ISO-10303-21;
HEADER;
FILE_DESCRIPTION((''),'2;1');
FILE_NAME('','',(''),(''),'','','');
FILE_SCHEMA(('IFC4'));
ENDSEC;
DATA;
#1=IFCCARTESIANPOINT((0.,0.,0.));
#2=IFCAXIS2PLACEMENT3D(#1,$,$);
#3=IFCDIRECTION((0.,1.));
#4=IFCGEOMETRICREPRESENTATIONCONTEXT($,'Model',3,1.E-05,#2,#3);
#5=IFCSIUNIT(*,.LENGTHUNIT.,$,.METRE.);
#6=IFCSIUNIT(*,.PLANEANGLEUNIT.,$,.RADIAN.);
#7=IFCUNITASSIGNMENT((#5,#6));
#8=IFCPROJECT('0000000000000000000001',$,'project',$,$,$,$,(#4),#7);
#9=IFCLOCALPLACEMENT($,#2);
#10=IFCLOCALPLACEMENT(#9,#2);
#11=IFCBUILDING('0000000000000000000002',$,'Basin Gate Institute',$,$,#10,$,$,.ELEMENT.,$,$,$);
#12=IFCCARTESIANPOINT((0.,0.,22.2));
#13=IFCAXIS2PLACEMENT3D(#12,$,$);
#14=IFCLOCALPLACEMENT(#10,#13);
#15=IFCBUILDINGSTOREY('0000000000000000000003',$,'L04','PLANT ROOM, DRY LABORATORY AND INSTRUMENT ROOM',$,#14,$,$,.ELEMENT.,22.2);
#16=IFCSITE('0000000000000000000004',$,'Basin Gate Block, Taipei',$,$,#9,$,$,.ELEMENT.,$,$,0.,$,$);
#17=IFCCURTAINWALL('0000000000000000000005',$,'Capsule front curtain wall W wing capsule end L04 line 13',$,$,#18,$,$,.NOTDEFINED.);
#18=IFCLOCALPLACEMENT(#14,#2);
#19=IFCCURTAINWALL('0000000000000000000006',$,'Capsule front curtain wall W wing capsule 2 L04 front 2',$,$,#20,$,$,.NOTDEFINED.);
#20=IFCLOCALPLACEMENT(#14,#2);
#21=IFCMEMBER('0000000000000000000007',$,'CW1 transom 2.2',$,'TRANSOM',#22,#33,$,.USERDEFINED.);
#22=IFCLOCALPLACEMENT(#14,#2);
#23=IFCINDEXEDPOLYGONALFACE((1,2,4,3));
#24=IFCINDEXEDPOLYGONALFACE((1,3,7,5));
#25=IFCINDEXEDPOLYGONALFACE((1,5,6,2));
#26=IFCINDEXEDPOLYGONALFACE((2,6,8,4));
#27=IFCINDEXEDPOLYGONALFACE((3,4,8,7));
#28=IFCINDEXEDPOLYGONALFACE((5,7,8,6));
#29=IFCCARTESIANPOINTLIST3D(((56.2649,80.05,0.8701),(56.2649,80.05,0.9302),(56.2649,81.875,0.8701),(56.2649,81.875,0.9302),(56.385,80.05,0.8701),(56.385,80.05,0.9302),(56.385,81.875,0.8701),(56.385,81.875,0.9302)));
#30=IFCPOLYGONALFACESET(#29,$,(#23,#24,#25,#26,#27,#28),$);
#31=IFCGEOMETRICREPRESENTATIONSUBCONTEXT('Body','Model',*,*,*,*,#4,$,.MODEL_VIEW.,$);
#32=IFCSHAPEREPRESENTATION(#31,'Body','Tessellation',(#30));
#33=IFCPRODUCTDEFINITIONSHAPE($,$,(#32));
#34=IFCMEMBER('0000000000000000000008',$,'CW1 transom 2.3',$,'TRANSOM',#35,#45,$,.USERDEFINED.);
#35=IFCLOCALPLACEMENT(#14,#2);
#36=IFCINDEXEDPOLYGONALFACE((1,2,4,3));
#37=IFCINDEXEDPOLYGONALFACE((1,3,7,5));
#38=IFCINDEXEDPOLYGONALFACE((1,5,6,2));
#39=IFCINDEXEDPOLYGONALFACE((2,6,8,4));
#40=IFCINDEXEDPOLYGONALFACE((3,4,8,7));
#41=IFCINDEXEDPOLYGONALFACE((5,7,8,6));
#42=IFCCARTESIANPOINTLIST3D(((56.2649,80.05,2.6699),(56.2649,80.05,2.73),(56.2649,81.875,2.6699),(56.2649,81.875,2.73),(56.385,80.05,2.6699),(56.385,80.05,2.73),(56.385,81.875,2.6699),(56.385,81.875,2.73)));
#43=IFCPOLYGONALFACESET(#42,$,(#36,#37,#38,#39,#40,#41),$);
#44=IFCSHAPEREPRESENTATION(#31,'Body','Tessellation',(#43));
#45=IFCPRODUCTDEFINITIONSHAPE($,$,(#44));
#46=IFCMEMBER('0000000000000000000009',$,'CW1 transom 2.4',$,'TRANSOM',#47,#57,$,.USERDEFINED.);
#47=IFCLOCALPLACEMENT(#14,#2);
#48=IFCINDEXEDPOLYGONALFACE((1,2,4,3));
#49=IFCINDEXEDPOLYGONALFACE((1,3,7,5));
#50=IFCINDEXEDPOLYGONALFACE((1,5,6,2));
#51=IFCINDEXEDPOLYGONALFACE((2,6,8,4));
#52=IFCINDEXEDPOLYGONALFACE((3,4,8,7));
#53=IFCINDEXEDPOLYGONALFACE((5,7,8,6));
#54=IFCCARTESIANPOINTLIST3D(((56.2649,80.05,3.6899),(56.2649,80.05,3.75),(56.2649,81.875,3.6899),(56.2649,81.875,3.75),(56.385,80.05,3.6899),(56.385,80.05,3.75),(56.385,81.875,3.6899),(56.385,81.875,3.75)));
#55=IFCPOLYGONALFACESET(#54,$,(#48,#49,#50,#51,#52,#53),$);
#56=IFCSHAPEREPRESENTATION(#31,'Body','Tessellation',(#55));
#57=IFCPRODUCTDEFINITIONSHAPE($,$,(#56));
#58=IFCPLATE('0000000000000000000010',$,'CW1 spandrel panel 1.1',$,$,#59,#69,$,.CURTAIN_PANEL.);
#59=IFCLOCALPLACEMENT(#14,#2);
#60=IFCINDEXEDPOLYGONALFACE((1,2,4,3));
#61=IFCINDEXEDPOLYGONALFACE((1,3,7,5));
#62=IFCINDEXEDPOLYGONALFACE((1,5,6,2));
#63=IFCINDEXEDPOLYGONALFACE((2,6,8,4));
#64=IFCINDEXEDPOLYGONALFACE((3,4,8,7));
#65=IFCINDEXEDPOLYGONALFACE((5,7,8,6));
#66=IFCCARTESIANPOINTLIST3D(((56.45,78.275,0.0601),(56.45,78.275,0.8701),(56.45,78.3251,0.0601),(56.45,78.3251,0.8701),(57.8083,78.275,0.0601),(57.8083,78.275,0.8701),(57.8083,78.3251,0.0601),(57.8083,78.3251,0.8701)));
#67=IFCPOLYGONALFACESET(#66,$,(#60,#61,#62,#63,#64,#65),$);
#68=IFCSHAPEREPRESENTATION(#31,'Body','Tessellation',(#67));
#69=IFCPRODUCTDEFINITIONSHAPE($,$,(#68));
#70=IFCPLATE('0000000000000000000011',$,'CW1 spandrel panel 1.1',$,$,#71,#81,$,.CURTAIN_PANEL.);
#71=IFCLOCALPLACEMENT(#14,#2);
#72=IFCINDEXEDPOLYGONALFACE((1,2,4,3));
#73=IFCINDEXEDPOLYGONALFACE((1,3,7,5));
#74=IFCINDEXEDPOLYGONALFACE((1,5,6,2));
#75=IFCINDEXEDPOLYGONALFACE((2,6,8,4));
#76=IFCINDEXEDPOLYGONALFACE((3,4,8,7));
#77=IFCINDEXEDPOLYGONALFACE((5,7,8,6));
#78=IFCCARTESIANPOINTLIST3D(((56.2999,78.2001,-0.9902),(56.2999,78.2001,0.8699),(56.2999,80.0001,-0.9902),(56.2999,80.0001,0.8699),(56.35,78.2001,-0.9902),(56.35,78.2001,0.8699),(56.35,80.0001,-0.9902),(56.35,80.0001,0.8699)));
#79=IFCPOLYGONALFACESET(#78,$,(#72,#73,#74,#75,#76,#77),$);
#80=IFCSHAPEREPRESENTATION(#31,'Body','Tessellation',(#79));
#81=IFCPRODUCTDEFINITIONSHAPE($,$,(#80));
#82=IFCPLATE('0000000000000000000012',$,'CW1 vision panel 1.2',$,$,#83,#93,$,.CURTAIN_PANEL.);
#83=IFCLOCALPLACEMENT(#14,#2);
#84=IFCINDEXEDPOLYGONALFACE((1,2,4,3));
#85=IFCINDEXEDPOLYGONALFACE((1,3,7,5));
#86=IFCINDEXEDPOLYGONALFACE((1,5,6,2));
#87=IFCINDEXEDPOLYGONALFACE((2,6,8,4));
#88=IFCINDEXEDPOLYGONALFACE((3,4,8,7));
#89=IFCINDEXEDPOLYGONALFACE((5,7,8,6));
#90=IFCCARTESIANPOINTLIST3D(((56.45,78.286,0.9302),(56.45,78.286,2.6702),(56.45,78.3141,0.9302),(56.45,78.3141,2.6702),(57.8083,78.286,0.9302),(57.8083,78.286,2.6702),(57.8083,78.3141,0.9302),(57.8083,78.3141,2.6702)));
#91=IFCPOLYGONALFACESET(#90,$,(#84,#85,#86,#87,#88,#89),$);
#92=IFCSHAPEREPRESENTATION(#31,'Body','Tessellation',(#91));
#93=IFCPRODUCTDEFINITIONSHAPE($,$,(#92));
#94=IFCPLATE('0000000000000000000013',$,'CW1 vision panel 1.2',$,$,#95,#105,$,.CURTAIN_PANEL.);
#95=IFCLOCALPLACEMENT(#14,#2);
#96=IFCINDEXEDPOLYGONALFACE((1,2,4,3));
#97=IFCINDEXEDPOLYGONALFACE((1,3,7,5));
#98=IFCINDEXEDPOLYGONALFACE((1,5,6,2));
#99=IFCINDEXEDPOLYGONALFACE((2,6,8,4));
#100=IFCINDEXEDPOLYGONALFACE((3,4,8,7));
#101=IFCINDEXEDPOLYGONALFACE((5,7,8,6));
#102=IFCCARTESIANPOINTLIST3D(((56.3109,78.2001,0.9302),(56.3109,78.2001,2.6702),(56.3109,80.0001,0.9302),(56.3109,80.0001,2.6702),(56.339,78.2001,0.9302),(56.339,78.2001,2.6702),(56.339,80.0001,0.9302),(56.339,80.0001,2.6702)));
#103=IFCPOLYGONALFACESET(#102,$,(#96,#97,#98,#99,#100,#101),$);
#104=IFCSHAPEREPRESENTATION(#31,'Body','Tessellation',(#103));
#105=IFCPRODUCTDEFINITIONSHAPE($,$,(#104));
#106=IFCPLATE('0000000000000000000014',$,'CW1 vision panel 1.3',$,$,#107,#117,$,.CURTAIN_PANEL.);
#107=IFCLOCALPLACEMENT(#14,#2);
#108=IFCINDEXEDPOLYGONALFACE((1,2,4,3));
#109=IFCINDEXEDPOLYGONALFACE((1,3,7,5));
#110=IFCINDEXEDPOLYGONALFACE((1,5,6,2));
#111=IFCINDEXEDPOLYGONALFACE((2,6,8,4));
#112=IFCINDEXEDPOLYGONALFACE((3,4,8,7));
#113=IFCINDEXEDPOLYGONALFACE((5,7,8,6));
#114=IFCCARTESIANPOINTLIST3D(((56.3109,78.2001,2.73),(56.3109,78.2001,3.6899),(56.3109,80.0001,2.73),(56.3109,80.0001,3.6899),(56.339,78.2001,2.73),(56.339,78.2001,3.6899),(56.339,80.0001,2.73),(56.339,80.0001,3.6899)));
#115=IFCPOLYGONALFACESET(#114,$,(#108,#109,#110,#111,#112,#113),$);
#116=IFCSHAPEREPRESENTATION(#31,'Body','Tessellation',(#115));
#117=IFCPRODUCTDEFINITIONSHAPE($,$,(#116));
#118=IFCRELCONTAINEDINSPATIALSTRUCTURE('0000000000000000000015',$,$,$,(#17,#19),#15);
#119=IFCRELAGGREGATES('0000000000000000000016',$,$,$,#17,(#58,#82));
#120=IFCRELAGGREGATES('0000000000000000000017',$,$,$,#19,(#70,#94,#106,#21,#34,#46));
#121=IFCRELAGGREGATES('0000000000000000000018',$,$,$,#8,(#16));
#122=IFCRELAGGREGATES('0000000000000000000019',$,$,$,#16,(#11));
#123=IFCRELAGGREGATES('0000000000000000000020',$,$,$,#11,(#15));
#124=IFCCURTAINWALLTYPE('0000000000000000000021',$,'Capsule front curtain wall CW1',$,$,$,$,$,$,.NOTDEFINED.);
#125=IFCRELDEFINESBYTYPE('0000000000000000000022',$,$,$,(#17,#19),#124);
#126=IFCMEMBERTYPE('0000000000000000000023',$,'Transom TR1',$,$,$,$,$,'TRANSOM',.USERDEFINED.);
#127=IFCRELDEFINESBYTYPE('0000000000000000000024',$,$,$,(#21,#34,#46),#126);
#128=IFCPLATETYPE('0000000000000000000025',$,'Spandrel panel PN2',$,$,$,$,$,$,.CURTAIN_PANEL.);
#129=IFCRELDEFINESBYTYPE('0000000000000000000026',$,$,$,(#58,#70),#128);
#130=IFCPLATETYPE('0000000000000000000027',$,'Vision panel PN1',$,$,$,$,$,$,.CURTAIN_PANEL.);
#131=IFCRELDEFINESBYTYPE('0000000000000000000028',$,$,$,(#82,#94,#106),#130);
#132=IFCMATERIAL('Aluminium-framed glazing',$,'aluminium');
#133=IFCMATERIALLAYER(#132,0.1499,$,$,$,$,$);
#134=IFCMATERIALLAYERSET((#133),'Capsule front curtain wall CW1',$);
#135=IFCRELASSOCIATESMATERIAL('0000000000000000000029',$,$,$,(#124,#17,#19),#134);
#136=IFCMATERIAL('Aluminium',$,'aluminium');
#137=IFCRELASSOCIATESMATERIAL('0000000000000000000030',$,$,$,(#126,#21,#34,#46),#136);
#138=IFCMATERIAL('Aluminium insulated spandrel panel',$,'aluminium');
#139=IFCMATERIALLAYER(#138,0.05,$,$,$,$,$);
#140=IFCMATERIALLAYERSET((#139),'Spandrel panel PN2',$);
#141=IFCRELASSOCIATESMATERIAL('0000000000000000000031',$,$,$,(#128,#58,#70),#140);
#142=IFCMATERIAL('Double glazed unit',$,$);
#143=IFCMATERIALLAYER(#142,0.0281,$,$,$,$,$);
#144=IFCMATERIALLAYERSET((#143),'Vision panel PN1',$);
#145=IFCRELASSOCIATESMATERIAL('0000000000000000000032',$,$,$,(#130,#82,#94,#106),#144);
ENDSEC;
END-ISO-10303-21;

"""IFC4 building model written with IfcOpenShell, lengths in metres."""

from ifc_helpers import new_model, si_unit, direction, frame, origin, origin_2d, place, context, subcontext, project, spatial, rectangle, extrude, material, layer, layer_set, material_profile, profile_set, type_object, element, aggregate, save


model = new_model("IFC4")

# Units and contexts
model_context = context("Model", 3, precision=1e-05, world=origin(), true_north=direction((0.0, 1.0)))
body_context = subcontext(model_context, "Body", "Model", "MODEL_VIEW")
ifc_project = project(units=[si_unit("LENGTHUNIT", "METRE"), si_unit("PLANEANGLEUNIT", "RADIAN")], contexts=[model_context])

# Site, building, storey
site_placement = place(None, origin())
site = spatial("IfcSite", under=ifc_project, at=site_placement, Name="Basin Gate Block, Taipei", CompositionType="ELEMENT", RefElevation=0.0)
building_placement = place(site_placement, origin())
building = spatial("IfcBuilding", under=site, at=building_placement, Name="Basin Gate Institute", CompositionType="ELEMENT")
storey_placement = place(building_placement, frame((0.0, 0.0, 22.2)))
storey = spatial("IfcBuildingStorey", under=building, at=storey_placement, Name="L04", Description="PLANT ROOM, DRY LABORATORY AND INSTRUMENT ROOM", CompositionType="ELEMENT", Elevation=22.2)

# Curtain wall
ifc_material_1 = material(Name="Aluminium-framed glazing", Category="aluminium")
ifc_layer_1 = layer(ifc_material_1, 0.1499)
ifc_layer_set_1 = layer_set([ifc_layer_1], Name="Capsule front curtain wall CW1")
curtain_wall_type = type_object("IfcCurtainWallType", Name="Capsule front curtain wall CW1", PredefinedType="NOTDEFINED", material=ifc_layer_set_1)
curtain_wall_1_placement = place(storey_placement, origin())
curtain_wall_1 = element("IfcCurtainWall", 1, at=curtain_wall_1_placement, inside=storey, type_object=curtain_wall_type, material=ifc_layer_set_1, Name="Capsule front curtain wall W wing capsule end L04 line 13", PredefinedType="NOTDEFINED")

# Curtain wall
curtain_wall_2_placement = place(storey_placement, origin())
curtain_wall_2 = element("IfcCurtainWall", 2, at=curtain_wall_2_placement, inside=storey, type_object=curtain_wall_type, material=ifc_layer_set_1, Name="Capsule front curtain wall W wing capsule 2 L04 front 2", PredefinedType="NOTDEFINED")

# Members
ifc_material_2 = material(Name="Aluminium", Category="aluminium")
ifc_material_profile_1 = material_profile(ifc_material_2, rectangle(XDim=0.1201, YDim=0.0601, at=origin_2d()), Name="Transom TR1 120 x 60")
ifc_profile_set_1 = profile_set([ifc_material_profile_1], Name="Aluminium")
member_type_1 = type_object("IfcMemberType", Name="Transom TR1", ElementType="TRANSOM", PredefinedType="USERDEFINED", material=ifc_profile_set_1)
member_1_placement = place(storey_placement, frame((56.325, 80.05, 0.9001), z_axis=(0.0, 1.0, 0.0), x_axis=(-1.0, 0.0, 0.0)))
member_1 = element("IfcMember", 3, at=member_1_placement, type_object=member_type_1, material=ifc_profile_set_1, Name="CW1 transom 2.2", ObjectType="TRANSOM", PredefinedType="USERDEFINED", context=body_context, shape_type="SweptSolid", body=[
    extrude(rectangle(XDim=0.1201, YDim=0.0601, at=origin_2d()), origin(), (0.0, 0.0, 1.0), 1.825),
])
member_2_placement = place(storey_placement, frame((56.325, 80.05, 2.7), z_axis=(0.0, 1.0, 0.0), x_axis=(-1.0, 0.0, 0.0)))
member_2 = element("IfcMember", 4, at=member_2_placement, type_object=member_type_1, material=ifc_profile_set_1, Name="CW1 transom 2.3", ObjectType="TRANSOM", PredefinedType="USERDEFINED", context=body_context, shape_type="SweptSolid", body=[
    extrude(rectangle(XDim=0.1201, YDim=0.0601, at=origin_2d()), origin(), (0.0, 0.0, 1.0), 1.825),
])
member_3_placement = place(storey_placement, frame((56.325, 80.05, 3.72), z_axis=(0.0, 1.0, 0.0), x_axis=(-1.0, 0.0, 0.0)))
member_3 = element("IfcMember", 5, at=member_3_placement, type_object=member_type_1, material=ifc_profile_set_1, Name="CW1 transom 2.4", ObjectType="TRANSOM", PredefinedType="USERDEFINED", context=body_context, shape_type="SweptSolid", body=[
    extrude(rectangle(XDim=0.1201, YDim=0.0601, at=origin_2d()), origin(), (0.0, 0.0, 1.0), 1.825),
])

# Plates
ifc_material_3 = material(Name="Aluminium insulated spandrel panel", Category="aluminium")
ifc_layer_2 = layer(ifc_material_3, 0.05)
ifc_layer_set_2 = layer_set([ifc_layer_2], Name="Spandrel panel PN2")
plate_type_1 = type_object("IfcPlateType", Name="Spandrel panel PN2", PredefinedType="CURTAIN_PANEL", material=ifc_layer_set_2)
plate_1_placement = place(storey_placement, frame((57.1292, 78.3, 0.0601), z_axis=(0.0, 0.0, 1.0), x_axis=(1.0, 0.0, 0.0)))
plate_1 = element("IfcPlate", 6, at=plate_1_placement, type_object=plate_type_1, material=ifc_layer_set_2, Name="CW1 spandrel panel 1.1", PredefinedType="CURTAIN_PANEL", context=body_context, shape_type="SweptSolid", body=[
    extrude(rectangle(XDim=1.3584, YDim=0.05, at=origin_2d()), origin(), (0.0, 0.0, 1.0), 0.8101),
])
plate_2_placement = place(storey_placement, frame((56.325, 79.1001, -0.9902), z_axis=(0.0, 0.0, 1.0), x_axis=(0.0, 1.0, 0.0)))
plate_2 = element("IfcPlate", 7, at=plate_2_placement, type_object=plate_type_1, material=ifc_layer_set_2, Name="CW1 spandrel panel 1.1", PredefinedType="CURTAIN_PANEL", context=body_context, shape_type="SweptSolid", body=[
    extrude(rectangle(XDim=1.8, YDim=0.05, at=origin_2d()), origin(), (0.0, 0.0, 1.0), 1.8601),
])
ifc_material_4 = material(Name="Double glazed unit")
ifc_layer_3 = layer(ifc_material_4, 0.0281)
ifc_layer_set_3 = layer_set([ifc_layer_3], Name="Vision panel PN1")
plate_type_2 = type_object("IfcPlateType", Name="Vision panel PN1", PredefinedType="CURTAIN_PANEL", material=ifc_layer_set_3)
plate_3_placement = place(storey_placement, frame((57.1292, 78.3, 0.9302), z_axis=(0.0, 0.0, 1.0), x_axis=(1.0, 0.0, 0.0)))
plate_3 = element("IfcPlate", 8, at=plate_3_placement, type_object=plate_type_2, material=ifc_layer_set_3, Name="CW1 vision panel 1.2", PredefinedType="CURTAIN_PANEL", context=body_context, shape_type="SweptSolid", body=[
    extrude(rectangle(XDim=1.3584, YDim=0.0281, at=origin_2d()), origin(), (0.0, 0.0, 1.0), 1.74),
])
aggregate(curtain_wall_1, [plate_1, plate_3])
plate_4_placement = place(storey_placement, frame((56.325, 79.1001, 0.9302), z_axis=(0.0, 0.0, 1.0), x_axis=(0.0, 1.0, 0.0)))
plate_4 = element("IfcPlate", 9, at=plate_4_placement, type_object=plate_type_2, material=ifc_layer_set_3, Name="CW1 vision panel 1.2", PredefinedType="CURTAIN_PANEL", context=body_context, shape_type="SweptSolid", body=[
    extrude(rectangle(XDim=1.8, YDim=0.0281, at=origin_2d()), origin(), (0.0, 0.0, 1.0), 1.74),
])
plate_5_placement = place(storey_placement, frame((56.325, 79.1001, 2.73), z_axis=(0.0, 0.0, 1.0), x_axis=(0.0, 1.0, 0.0)))
plate_5 = element("IfcPlate", 10, at=plate_5_placement, type_object=plate_type_2, material=ifc_layer_set_3, Name="CW1 vision panel 1.3", PredefinedType="CURTAIN_PANEL", context=body_context, shape_type="SweptSolid", body=[
    extrude(rectangle(XDim=1.8, YDim=0.0281, at=origin_2d()), origin(), (0.0, 0.0, 1.0), 0.96),
])
aggregate(curtain_wall_2, [plate_2, plate_4, plate_5, member_1, member_2, member_3])

save(model, "model.ifc")
